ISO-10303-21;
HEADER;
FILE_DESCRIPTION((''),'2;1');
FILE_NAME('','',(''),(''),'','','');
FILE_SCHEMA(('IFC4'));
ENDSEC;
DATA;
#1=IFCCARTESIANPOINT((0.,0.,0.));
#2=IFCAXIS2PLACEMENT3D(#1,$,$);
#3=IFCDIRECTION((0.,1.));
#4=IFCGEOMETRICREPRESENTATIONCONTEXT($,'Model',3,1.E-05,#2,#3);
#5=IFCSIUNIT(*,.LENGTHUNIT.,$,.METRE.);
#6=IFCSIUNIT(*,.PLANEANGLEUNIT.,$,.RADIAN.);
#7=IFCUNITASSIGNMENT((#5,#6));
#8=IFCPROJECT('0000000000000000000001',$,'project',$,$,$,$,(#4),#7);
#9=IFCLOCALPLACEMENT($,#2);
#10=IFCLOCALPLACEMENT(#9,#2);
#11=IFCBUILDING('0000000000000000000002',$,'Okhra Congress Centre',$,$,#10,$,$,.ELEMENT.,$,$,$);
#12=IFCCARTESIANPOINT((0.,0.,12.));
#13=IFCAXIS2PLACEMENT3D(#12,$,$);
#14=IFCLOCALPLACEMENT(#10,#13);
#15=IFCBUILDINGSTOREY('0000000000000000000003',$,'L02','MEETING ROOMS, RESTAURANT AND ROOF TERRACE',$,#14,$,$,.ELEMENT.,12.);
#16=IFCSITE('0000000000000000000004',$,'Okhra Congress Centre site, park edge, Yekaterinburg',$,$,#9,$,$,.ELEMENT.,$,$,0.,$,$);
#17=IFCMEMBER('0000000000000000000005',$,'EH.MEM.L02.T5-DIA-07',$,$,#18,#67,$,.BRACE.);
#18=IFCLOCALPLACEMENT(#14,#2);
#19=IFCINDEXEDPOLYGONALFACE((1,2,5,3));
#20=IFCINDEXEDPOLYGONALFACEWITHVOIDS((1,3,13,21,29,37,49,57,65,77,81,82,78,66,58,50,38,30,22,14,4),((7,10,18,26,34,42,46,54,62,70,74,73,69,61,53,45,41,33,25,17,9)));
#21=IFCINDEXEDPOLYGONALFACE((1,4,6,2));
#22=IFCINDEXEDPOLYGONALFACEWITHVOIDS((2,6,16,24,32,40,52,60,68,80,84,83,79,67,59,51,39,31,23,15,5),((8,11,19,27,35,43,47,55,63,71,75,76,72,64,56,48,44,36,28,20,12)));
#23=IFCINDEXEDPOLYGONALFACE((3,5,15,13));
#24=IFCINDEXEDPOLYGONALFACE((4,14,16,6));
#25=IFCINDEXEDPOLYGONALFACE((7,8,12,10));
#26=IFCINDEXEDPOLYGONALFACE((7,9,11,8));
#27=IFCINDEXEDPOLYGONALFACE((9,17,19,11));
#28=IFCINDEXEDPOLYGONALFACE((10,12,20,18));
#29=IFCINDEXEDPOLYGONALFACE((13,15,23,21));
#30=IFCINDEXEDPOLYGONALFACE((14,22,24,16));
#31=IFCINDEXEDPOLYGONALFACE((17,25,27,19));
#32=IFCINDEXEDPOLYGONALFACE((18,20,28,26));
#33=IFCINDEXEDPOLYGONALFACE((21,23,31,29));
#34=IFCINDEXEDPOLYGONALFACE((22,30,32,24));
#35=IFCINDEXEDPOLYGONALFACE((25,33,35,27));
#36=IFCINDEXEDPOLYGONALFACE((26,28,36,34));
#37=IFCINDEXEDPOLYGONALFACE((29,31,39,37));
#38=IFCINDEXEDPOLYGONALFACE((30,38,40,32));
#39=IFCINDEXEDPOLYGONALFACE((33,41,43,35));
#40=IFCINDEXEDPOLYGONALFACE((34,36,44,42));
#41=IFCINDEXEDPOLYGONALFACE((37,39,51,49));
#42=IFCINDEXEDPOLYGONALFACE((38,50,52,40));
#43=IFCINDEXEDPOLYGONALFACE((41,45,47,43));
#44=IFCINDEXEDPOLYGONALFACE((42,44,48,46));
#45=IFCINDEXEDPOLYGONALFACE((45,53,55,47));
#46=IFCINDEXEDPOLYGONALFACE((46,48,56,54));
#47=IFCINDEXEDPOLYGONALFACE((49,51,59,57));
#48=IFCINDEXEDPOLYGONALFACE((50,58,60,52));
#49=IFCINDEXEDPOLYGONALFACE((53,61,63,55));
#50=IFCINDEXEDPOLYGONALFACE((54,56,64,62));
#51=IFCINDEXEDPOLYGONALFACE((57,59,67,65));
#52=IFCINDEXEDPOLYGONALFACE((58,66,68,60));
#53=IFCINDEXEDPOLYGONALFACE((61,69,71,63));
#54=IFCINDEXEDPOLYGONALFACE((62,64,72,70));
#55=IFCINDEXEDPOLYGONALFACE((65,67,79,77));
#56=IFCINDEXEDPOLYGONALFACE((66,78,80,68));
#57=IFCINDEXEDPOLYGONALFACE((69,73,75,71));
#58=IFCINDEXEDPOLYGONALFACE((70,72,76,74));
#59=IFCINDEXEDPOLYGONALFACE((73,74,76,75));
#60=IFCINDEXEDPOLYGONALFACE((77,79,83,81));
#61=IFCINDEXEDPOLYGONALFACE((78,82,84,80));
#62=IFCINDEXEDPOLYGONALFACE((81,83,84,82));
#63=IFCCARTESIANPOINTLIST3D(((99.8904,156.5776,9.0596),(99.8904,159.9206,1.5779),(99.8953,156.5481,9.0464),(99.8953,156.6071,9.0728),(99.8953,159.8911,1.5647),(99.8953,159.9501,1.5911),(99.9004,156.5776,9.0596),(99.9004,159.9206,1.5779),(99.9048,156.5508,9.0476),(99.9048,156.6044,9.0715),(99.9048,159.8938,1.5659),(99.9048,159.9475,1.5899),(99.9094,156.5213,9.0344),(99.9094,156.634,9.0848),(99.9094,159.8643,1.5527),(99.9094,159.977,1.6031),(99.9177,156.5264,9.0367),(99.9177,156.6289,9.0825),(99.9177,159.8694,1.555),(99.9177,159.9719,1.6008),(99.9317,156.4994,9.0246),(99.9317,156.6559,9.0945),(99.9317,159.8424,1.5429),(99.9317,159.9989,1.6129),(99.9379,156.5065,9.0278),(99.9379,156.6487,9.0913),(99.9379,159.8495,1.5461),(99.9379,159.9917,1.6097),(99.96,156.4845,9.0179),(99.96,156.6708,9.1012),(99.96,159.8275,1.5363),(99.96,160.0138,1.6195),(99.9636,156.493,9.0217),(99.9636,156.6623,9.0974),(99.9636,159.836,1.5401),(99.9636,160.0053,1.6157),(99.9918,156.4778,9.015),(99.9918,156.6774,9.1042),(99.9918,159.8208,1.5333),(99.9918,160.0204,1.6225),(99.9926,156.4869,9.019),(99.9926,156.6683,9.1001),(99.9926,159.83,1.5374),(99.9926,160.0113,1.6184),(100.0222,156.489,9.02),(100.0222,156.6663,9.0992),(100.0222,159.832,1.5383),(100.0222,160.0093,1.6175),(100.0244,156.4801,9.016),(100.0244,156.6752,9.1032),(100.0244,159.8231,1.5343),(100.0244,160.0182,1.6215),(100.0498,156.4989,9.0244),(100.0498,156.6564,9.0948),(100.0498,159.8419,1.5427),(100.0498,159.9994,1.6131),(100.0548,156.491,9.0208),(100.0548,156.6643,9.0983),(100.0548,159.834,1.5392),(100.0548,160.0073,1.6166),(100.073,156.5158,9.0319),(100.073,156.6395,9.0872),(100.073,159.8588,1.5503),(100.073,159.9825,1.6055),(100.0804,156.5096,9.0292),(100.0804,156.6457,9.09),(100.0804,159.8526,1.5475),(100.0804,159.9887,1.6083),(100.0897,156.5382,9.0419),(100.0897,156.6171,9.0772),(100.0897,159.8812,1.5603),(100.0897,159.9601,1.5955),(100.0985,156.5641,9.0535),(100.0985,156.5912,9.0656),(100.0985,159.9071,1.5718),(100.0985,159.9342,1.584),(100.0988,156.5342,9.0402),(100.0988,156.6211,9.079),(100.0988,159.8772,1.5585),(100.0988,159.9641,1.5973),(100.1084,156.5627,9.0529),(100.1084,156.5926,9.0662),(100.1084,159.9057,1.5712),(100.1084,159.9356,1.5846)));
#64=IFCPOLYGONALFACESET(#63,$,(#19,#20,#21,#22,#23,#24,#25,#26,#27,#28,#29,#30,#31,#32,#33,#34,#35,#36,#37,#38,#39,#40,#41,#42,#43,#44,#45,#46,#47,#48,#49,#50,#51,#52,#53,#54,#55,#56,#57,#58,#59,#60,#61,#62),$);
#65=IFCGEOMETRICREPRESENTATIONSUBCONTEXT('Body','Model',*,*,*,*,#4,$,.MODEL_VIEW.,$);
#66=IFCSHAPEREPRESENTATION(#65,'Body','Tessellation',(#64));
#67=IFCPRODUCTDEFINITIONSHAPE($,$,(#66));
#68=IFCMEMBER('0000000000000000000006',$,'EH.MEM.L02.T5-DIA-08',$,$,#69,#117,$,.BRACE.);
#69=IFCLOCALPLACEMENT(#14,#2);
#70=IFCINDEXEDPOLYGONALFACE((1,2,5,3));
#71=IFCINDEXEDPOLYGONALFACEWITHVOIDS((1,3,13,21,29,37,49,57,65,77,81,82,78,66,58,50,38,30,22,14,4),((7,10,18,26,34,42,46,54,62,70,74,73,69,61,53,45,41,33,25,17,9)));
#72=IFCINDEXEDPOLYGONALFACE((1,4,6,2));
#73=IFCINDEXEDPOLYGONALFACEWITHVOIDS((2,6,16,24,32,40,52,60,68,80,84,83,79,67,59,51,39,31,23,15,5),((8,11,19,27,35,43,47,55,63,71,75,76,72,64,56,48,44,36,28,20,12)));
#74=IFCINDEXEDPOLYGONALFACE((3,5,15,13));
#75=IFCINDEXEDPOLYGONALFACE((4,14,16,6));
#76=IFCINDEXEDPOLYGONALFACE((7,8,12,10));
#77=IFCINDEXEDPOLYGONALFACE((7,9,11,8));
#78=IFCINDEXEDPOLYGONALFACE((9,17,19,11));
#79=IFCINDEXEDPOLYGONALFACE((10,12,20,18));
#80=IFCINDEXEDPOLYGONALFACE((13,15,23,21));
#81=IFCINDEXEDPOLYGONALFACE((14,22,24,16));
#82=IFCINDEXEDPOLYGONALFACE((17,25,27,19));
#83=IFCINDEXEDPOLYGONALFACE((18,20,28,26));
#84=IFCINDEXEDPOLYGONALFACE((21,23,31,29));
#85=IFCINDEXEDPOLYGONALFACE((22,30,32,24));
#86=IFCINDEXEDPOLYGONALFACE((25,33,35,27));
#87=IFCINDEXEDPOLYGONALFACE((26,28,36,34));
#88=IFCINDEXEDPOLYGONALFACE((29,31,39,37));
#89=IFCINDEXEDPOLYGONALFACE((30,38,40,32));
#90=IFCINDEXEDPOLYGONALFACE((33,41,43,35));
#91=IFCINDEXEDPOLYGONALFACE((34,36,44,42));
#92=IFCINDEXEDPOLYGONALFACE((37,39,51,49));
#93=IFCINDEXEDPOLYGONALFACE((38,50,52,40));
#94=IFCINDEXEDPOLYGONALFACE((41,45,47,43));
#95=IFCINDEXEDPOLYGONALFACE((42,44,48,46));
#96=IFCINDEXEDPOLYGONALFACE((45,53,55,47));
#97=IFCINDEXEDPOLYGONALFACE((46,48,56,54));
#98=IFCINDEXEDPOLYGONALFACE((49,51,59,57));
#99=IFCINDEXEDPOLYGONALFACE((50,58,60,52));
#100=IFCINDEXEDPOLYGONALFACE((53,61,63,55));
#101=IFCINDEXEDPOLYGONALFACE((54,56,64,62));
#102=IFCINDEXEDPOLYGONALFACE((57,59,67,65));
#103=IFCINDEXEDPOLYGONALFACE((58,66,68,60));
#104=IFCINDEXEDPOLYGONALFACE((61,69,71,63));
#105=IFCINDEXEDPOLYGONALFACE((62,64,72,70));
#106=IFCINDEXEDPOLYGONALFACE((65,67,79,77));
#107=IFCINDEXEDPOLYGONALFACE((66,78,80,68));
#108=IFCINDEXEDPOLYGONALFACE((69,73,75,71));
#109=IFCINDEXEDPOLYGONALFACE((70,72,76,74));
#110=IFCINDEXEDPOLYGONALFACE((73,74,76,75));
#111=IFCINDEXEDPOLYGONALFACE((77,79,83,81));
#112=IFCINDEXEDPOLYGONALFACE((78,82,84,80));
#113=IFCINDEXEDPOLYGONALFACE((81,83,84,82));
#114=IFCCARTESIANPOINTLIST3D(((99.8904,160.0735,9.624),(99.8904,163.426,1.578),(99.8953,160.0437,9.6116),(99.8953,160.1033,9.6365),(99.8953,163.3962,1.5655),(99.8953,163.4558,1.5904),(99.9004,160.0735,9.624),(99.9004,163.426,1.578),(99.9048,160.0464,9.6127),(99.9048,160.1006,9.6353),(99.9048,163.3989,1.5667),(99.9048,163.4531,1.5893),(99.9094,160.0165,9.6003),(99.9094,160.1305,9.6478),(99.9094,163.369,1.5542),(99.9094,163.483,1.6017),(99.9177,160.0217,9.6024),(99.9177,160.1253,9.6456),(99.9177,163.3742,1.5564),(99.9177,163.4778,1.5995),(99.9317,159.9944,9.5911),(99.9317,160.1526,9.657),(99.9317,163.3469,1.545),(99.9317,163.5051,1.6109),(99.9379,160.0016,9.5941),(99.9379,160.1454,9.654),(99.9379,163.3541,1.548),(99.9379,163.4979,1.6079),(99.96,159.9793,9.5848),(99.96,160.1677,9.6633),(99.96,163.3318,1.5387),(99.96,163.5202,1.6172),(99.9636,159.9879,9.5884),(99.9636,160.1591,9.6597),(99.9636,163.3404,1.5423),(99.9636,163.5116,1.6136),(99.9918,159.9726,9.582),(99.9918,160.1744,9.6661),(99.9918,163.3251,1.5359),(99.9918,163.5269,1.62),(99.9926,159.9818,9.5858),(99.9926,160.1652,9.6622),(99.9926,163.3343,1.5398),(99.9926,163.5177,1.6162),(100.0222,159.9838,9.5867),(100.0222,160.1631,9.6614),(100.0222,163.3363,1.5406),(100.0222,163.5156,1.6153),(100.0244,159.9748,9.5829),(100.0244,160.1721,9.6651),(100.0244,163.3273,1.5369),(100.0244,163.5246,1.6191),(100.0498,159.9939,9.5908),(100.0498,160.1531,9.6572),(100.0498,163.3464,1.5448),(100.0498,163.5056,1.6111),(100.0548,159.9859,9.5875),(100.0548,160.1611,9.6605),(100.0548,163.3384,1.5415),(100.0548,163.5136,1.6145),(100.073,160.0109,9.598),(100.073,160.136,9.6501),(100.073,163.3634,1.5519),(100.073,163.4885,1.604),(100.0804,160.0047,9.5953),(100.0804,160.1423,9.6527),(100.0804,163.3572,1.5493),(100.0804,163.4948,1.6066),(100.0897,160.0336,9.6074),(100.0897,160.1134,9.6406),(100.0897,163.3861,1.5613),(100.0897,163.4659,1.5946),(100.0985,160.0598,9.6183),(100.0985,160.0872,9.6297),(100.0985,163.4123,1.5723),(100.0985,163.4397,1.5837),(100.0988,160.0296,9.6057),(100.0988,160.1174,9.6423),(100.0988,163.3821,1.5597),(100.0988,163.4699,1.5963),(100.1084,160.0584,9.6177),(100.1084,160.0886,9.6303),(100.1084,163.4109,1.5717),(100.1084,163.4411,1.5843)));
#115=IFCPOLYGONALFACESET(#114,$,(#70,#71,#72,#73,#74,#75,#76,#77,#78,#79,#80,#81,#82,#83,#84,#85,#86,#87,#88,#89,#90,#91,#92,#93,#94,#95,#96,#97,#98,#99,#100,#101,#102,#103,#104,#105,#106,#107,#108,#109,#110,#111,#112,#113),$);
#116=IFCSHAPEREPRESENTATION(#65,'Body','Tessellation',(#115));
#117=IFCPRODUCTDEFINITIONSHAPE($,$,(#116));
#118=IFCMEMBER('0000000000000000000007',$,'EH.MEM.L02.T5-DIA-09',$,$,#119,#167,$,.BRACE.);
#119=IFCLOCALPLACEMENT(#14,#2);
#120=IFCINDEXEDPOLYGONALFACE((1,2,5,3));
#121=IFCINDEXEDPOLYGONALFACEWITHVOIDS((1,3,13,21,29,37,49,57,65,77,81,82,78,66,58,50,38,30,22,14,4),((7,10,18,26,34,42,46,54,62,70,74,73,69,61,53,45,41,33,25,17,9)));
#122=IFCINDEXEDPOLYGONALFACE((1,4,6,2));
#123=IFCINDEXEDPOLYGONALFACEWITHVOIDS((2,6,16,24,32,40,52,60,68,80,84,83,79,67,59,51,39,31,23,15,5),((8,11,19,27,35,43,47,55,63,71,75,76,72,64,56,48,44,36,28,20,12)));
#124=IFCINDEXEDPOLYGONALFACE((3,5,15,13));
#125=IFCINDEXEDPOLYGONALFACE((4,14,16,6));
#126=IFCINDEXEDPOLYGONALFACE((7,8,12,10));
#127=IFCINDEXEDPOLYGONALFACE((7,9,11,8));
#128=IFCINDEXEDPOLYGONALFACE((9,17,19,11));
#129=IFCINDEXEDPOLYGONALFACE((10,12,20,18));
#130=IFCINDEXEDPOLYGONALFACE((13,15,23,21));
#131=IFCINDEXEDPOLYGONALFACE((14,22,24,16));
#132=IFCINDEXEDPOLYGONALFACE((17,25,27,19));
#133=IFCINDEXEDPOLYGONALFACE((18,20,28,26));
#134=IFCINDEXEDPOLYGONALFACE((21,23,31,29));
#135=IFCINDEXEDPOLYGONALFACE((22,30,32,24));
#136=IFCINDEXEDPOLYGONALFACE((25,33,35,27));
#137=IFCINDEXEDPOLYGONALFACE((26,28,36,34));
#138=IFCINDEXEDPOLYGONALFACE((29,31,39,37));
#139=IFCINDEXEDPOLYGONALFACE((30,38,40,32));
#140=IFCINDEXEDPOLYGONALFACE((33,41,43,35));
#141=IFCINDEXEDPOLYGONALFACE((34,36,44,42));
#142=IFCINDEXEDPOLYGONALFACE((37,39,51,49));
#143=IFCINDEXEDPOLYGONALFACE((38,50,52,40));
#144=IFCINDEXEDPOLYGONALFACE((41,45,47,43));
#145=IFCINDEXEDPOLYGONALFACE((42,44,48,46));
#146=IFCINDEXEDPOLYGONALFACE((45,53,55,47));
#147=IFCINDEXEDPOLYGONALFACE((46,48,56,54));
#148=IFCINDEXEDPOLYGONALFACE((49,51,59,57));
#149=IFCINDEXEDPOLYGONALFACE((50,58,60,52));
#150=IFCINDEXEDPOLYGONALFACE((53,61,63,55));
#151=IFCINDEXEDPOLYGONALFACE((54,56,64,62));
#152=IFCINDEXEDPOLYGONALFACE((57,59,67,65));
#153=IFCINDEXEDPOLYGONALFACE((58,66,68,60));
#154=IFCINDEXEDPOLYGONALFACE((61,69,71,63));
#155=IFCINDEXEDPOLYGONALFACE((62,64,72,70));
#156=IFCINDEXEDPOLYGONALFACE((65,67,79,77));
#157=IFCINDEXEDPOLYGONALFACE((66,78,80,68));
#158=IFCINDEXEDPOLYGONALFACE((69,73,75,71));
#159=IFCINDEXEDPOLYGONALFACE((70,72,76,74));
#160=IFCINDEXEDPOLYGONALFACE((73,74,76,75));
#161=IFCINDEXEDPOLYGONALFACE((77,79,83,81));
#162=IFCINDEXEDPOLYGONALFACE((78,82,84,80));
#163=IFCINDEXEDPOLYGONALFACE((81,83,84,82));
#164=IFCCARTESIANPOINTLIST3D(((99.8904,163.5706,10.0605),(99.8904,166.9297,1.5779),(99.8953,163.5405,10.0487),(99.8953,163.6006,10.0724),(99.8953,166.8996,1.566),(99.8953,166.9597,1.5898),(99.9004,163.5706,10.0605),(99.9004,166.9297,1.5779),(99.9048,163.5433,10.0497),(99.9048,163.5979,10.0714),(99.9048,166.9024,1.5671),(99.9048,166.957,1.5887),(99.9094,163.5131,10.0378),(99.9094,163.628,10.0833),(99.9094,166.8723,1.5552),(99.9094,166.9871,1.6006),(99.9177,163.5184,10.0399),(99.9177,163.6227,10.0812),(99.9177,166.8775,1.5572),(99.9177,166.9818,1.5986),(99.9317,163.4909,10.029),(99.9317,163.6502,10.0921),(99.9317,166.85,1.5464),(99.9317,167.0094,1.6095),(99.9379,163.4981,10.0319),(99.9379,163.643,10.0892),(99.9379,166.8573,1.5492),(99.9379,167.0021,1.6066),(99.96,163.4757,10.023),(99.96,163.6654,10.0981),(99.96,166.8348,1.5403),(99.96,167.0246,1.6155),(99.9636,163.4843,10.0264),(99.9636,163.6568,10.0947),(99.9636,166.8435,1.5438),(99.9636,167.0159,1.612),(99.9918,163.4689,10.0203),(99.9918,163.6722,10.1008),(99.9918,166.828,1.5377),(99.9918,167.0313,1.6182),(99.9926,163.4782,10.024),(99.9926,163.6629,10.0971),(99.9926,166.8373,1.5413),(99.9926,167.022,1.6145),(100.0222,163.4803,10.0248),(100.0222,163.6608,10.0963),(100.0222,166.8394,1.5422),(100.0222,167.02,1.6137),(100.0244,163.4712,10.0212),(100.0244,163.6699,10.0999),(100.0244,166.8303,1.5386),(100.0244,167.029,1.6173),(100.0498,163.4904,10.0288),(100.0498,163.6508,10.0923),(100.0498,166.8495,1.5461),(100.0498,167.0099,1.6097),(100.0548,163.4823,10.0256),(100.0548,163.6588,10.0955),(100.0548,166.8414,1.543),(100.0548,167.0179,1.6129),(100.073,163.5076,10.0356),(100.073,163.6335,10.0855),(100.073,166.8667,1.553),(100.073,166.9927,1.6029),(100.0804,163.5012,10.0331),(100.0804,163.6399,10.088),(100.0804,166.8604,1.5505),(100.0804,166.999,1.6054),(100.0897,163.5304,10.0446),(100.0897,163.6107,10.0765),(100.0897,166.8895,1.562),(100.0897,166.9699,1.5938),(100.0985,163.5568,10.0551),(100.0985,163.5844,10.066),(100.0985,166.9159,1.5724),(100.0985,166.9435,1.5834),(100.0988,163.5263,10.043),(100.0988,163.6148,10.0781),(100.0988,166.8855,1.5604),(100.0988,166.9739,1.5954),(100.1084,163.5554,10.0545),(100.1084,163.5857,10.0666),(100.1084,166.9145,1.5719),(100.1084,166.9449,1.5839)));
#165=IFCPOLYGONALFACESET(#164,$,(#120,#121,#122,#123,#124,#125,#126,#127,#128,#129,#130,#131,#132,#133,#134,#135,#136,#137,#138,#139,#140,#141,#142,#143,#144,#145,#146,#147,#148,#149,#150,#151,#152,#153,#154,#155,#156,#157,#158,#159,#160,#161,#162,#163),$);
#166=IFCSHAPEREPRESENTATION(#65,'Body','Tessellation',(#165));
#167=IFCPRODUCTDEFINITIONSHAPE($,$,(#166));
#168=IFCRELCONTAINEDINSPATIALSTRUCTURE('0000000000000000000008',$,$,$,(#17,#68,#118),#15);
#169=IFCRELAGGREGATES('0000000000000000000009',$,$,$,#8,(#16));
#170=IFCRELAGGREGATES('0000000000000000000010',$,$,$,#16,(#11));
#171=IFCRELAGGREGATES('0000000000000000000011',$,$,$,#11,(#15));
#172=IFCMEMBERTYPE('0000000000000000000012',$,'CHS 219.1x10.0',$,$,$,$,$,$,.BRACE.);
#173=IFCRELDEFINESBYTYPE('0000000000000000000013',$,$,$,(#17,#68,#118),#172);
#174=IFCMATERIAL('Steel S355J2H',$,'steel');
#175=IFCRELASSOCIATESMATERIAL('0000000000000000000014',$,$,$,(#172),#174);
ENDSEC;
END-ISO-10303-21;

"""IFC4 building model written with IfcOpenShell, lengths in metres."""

from ifc_helpers import new_model, si_unit, direction, frame, origin, origin_2d, place, context, subcontext, project, spatial, hollow_circle, extrude, material, material_profile, profile_set, type_object, element, save


model = new_model("IFC4")

# Units and contexts
model_context = context("Model", 3, precision=1e-05, world=origin(), true_north=direction((0.0, 1.0)))
body_context = subcontext(model_context, "Body", "Model", "MODEL_VIEW")
ifc_project = project(units=[si_unit("LENGTHUNIT", "METRE"), si_unit("PLANEANGLEUNIT", "RADIAN")], contexts=[model_context])

# Site, building, storey
site_placement = place(None, origin())
site = spatial("IfcSite", under=ifc_project, at=site_placement, Name="Okhra Congress Centre site, park edge, Yekaterinburg", CompositionType="ELEMENT", RefElevation=0.0)
building_placement = place(site_placement, origin())
building = spatial("IfcBuilding", under=site, at=building_placement, Name="Okhra Congress Centre", CompositionType="ELEMENT")
storey_placement = place(building_placement, frame((0.0, 0.0, 12.0)))
storey = spatial("IfcBuildingStorey", under=building, at=storey_placement, Name="L02", Description="MEETING ROOMS, RESTAURANT AND ROOF TERRACE", CompositionType="ELEMENT", Elevation=12.0)

# Members
ifc_material_1 = material(Name="Steel S355J2H", Category="steel")
ifc_material_profile_1 = material_profile(ifc_material_1, hollow_circle(Radius=0.1096, WallThickness=0.01, at=origin_2d()), Name="CHS 219.1x10.0")
ifc_profile_set_1 = profile_set([ifc_material_profile_1], Name="Steel S355J2H")
member_type_1 = type_object("IfcMemberType", Name="CHS 219.1x10.0", PredefinedType="BRACE", material=ifc_profile_set_1)
member_1_placement = place(storey_placement, frame((100.0, 156.5776, 9.0596), z_axis=(0.0, 0.407954, -0.913003), x_axis=(-1.0, 0.0, 0.0)))
element("IfcMember", 1, at=member_1_placement, inside=storey, type_object=member_type_1, Name="EH.MEM.L02.T5-DIA-07", PredefinedType="BRACE", context=body_context, shape_type="SweptSolid", body=[
    extrude(hollow_circle(Radius=0.1096, WallThickness=0.01, at=origin_2d()), origin(), (0.0, 0.0, 1.0), 8.1946),
])
member_2_placement = place(storey_placement, frame((100.0, 160.0735, 9.624), z_axis=(0.0, 0.384613, -0.923078), x_axis=(-1.0, 0.0, 0.0)))
element("IfcMember", 2, at=member_2_placement, inside=storey, type_object=member_type_1, Name="EH.MEM.L02.T5-DIA-08", PredefinedType="BRACE", context=body_context, shape_type="SweptSolid", body=[
    extrude(hollow_circle(Radius=0.1096, WallThickness=0.01, at=origin_2d()), origin(), (0.0, 0.0, 1.0), 8.7166),
])
member_3_placement = place(storey_placement, frame((100.0, 163.5706, 10.0605), z_axis=(0.0, 0.368182, -0.929754), x_axis=(-1.0, 0.0, 0.0)))
element("IfcMember", 3, at=member_3_placement, inside=storey, type_object=member_type_1, Name="EH.MEM.L02.T5-DIA-09", PredefinedType="BRACE", context=body_context, shape_type="SweptSolid", body=[
    extrude(hollow_circle(Radius=0.1096, WallThickness=0.01, at=origin_2d()), origin(), (0.0, 0.0, 1.0), 9.1235),
])

save(model, "model.ifc")
